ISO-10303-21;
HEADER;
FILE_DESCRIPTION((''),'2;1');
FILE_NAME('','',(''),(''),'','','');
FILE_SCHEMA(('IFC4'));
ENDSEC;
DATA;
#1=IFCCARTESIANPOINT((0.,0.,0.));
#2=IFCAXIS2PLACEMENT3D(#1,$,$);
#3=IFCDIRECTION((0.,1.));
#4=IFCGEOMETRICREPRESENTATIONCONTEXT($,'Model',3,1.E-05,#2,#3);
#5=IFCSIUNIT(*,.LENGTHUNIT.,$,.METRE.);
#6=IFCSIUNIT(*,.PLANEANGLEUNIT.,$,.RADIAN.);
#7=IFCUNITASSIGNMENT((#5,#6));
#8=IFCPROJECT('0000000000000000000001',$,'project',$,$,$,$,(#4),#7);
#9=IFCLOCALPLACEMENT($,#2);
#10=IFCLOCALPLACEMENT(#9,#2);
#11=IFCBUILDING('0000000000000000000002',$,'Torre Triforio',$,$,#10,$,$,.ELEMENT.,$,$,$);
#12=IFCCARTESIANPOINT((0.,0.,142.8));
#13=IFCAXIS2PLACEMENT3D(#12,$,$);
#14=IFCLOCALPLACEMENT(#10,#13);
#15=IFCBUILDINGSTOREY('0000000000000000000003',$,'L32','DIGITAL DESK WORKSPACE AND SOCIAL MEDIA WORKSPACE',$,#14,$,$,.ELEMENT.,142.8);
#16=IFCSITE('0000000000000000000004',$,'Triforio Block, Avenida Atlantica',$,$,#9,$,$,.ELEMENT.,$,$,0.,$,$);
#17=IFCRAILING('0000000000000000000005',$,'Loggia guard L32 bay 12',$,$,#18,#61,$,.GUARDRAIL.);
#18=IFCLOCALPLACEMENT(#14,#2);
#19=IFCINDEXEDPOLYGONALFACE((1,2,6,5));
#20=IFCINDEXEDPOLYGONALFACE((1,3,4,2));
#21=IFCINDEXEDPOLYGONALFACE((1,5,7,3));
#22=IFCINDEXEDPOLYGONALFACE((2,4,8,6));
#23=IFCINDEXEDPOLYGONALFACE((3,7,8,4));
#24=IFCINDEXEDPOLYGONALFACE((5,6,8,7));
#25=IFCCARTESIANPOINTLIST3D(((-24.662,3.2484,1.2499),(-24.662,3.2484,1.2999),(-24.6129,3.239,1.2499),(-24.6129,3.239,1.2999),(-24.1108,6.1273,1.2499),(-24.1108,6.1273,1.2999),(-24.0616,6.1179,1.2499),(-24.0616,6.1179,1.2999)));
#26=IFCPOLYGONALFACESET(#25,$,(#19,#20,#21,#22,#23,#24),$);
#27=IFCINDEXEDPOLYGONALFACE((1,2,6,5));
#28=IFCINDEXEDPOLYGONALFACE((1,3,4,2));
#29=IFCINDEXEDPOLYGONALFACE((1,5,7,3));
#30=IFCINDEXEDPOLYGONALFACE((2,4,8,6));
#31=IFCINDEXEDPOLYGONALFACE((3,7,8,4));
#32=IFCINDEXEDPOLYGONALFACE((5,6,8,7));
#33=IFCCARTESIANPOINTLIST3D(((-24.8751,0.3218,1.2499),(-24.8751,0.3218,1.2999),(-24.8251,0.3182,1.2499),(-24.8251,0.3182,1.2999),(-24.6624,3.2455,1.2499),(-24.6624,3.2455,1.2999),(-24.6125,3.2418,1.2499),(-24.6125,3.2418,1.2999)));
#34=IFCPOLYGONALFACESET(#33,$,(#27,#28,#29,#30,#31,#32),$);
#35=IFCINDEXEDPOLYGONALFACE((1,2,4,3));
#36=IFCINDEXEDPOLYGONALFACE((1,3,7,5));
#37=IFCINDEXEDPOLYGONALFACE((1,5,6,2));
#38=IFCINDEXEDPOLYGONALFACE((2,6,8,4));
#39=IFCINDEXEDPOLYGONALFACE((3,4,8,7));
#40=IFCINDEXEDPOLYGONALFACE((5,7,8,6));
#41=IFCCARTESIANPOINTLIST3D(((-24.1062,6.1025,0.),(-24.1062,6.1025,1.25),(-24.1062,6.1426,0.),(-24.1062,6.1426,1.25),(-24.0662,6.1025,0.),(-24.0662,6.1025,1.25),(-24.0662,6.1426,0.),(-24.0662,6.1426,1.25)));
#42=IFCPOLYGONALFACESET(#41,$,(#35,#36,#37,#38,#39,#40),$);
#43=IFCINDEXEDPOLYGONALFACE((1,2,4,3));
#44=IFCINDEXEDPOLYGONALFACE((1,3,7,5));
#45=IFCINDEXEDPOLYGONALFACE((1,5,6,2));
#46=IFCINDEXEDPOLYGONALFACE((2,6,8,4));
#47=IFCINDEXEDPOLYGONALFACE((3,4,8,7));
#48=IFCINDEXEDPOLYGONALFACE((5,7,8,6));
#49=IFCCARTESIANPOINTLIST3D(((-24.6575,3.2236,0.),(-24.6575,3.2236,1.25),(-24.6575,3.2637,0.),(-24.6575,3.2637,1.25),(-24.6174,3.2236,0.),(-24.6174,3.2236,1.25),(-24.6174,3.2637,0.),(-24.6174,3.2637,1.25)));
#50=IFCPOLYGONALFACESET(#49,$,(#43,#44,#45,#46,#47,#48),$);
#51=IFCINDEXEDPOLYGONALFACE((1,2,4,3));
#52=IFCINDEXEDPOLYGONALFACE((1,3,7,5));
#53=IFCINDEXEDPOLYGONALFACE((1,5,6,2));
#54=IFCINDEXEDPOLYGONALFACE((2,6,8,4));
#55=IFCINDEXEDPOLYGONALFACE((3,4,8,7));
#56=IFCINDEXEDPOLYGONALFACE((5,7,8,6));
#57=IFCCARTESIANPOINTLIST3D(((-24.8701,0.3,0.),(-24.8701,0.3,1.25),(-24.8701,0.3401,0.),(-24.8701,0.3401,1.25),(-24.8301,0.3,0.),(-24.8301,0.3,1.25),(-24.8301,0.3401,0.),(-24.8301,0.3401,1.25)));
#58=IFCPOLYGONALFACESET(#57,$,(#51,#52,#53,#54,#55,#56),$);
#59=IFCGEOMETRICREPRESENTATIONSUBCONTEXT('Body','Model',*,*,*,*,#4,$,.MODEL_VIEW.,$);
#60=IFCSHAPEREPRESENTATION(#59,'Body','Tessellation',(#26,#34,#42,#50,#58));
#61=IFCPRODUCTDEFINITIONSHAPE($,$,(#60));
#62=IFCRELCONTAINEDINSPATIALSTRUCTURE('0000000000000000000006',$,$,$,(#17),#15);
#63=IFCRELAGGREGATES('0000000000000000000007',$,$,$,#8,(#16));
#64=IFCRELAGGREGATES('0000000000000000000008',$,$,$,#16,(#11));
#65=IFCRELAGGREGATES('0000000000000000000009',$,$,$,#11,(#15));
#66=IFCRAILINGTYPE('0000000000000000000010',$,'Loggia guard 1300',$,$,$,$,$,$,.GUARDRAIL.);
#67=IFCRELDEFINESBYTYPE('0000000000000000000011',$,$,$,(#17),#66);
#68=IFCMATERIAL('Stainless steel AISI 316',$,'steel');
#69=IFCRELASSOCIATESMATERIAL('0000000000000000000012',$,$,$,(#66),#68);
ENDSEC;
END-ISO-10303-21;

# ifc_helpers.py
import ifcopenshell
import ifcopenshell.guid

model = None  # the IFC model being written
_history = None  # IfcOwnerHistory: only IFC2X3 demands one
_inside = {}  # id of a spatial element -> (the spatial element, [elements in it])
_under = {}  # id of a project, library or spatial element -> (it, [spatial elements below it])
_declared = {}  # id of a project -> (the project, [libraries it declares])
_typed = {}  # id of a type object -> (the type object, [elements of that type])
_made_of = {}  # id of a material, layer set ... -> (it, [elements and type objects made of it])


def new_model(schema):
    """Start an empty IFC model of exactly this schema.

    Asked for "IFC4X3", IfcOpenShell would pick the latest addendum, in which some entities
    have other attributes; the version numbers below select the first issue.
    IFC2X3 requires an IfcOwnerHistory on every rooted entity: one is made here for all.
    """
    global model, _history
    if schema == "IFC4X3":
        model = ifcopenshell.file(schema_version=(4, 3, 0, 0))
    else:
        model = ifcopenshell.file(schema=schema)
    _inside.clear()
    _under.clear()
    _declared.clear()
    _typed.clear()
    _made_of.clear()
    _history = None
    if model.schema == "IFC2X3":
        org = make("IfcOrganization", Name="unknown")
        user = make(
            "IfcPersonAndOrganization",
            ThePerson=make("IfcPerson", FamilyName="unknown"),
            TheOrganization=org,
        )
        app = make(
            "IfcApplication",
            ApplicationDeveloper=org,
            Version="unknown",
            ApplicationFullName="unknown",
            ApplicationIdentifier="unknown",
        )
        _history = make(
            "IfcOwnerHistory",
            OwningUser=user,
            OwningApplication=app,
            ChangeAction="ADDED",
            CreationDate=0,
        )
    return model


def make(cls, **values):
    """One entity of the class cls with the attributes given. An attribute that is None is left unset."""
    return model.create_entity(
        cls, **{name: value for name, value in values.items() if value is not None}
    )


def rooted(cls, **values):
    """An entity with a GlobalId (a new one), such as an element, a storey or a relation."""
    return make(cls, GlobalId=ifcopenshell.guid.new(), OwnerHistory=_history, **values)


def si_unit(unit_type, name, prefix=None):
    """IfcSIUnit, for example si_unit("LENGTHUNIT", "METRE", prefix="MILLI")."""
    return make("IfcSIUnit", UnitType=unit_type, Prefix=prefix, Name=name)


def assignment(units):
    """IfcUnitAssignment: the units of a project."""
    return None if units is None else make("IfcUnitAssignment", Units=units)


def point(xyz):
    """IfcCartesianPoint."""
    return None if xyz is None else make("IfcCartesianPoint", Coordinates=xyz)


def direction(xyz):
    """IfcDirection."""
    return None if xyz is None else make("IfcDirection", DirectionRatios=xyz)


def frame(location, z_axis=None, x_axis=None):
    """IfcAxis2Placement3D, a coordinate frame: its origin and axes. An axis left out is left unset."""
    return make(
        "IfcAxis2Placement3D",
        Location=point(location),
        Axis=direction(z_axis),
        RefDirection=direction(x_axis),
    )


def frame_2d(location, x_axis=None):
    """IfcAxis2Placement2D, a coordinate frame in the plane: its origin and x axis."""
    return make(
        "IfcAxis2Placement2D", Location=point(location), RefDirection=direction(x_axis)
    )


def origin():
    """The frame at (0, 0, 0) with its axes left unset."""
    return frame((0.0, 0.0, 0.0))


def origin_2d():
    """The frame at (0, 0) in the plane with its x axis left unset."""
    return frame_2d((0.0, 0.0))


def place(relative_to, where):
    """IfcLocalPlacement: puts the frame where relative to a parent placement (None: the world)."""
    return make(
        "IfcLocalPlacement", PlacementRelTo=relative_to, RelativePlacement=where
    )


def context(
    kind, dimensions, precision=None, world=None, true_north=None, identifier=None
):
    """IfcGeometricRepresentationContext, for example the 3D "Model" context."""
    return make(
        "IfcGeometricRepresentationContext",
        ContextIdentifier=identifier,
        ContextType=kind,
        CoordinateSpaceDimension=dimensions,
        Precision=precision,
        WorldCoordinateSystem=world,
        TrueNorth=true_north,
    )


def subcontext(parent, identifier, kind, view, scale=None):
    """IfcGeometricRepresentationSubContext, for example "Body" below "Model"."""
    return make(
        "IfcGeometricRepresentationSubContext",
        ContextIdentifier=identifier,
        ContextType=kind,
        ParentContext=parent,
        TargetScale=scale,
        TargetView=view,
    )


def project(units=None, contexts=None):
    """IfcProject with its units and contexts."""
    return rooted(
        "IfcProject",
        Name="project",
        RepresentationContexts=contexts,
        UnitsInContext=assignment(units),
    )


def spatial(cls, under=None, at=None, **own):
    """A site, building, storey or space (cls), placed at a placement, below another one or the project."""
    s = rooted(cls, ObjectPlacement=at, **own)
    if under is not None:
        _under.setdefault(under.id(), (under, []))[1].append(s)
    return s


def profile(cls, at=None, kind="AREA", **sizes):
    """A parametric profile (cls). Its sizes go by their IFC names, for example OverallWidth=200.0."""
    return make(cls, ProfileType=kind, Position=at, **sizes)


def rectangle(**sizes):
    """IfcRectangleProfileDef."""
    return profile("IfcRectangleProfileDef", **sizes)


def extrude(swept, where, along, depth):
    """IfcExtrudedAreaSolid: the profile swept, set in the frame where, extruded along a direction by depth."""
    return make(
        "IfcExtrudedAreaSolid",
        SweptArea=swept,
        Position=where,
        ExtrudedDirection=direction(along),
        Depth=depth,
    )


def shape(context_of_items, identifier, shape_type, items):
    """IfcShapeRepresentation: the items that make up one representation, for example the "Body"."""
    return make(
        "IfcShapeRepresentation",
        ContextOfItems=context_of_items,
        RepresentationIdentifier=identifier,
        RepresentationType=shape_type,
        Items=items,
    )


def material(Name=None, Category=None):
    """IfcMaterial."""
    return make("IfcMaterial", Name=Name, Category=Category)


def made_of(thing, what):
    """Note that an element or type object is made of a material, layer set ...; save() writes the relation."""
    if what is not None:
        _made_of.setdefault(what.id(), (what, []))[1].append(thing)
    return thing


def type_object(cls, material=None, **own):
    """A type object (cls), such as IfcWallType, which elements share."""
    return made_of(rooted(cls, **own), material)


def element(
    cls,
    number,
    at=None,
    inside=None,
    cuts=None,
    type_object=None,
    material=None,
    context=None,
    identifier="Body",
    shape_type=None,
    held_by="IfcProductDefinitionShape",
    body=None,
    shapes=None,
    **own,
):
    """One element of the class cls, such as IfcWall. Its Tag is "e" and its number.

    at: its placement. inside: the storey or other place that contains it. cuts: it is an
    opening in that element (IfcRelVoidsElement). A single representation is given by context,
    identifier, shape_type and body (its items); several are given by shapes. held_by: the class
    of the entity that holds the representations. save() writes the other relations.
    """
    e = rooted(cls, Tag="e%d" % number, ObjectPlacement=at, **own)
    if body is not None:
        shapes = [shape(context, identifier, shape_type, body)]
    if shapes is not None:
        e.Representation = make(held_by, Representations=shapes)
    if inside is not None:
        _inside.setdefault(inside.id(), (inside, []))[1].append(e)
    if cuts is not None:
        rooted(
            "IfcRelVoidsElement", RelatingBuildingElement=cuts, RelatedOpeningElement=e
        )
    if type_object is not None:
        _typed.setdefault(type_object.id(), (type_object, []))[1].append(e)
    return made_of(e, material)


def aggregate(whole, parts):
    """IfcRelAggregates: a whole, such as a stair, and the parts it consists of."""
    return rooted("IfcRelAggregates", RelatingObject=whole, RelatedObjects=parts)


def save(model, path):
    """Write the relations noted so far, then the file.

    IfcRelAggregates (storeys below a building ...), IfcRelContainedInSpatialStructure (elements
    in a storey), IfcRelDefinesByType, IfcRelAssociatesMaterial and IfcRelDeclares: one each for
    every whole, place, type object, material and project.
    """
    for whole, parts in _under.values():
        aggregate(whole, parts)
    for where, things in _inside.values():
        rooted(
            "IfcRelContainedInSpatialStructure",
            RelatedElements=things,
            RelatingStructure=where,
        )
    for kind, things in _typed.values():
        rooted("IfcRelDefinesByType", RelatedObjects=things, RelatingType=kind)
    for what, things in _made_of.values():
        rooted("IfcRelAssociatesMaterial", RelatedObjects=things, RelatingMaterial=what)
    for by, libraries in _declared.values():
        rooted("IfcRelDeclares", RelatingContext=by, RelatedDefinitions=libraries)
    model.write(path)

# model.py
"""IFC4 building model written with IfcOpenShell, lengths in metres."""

from ifc_helpers import new_model, si_unit, direction, frame, origin, origin_2d, place, context, subcontext, project, spatial, rectangle, extrude, material, type_object, element, save


model = new_model("IFC4")

# Units and contexts
model_context = context("Model", 3, precision=1e-05, world=origin(), true_north=direction((0.0, 1.0)))
body_context = subcontext(model_context, "Body", "Model", "MODEL_VIEW")
ifc_project = project(units=[si_unit("LENGTHUNIT", "METRE"), si_unit("PLANEANGLEUNIT", "RADIAN")], contexts=[model_context])

# Site, building, storey
site_placement = place(None, origin())
site = spatial("IfcSite", under=ifc_project, at=site_placement, Name="Triforio Block, Avenida Atlantica", CompositionType="ELEMENT", RefElevation=0.0)
building_placement = place(site_placement, origin())
building = spatial("IfcBuilding", under=site, at=building_placement, Name="Torre Triforio", CompositionType="ELEMENT")
storey_placement = place(building_placement, frame((0.0, 0.0, 142.8)))
storey = spatial("IfcBuildingStorey", under=building, at=storey_placement, Name="L32", Description="DIGITAL DESK WORKSPACE AND SOCIAL MEDIA WORKSPACE", CompositionType="ELEMENT", Elevation=142.8)

# Railing
ifc_material_1 = material(Name="Stainless steel AISI 316", Category="steel")
railing_type = type_object("IfcRailingType", Name="Loggia guard 1300", PredefinedType="GUARDRAIL", material=ifc_material_1)
railing_placement = place(storey_placement, frame((-24.0862, 6.1226, 0.0)))
element("IfcRailing", 1, at=railing_placement, inside=storey, type_object=railing_type, Name="Loggia guard L32 bay 12", PredefinedType="GUARDRAIL", context=body_context, shape_type="SweptSolid", body=[
    extrude(rectangle(XDim=0.05, YDim=0.05, at=origin_2d()), frame((0.0, 0.0, 1.2749), z_axis=(-0.188069, -0.982156, 0.0), x_axis=(0.982156, -0.188069, 0.0)), (0.0, 0.0, 1.0), 2.9312),
    extrude(rectangle(XDim=0.05, YDim=0.05, at=origin_2d()), frame((-0.5513, -2.8789, 1.2749), z_axis=(-0.072543, -0.997365, 0.0), x_axis=(0.997365, -0.072543, 0.0)), (0.0, 0.0, 1.0), 2.9314),
    extrude(rectangle(XDim=0.04, YDim=0.04, at=origin_2d()), origin(), (0.0, 0.0, 1.0), 1.25),
    extrude(rectangle(XDim=0.04, YDim=0.04, at=origin_2d()), frame((-0.5513, -2.8789, 0.0)), (0.0, 0.0, 1.0), 1.25),
    extrude(rectangle(XDim=0.04, YDim=0.04, at=origin_2d()), frame((-0.7639, -5.8025, 0.0)), (0.0, 0.0, 1.0), 1.25),
])

save(model, "model.ifc")
